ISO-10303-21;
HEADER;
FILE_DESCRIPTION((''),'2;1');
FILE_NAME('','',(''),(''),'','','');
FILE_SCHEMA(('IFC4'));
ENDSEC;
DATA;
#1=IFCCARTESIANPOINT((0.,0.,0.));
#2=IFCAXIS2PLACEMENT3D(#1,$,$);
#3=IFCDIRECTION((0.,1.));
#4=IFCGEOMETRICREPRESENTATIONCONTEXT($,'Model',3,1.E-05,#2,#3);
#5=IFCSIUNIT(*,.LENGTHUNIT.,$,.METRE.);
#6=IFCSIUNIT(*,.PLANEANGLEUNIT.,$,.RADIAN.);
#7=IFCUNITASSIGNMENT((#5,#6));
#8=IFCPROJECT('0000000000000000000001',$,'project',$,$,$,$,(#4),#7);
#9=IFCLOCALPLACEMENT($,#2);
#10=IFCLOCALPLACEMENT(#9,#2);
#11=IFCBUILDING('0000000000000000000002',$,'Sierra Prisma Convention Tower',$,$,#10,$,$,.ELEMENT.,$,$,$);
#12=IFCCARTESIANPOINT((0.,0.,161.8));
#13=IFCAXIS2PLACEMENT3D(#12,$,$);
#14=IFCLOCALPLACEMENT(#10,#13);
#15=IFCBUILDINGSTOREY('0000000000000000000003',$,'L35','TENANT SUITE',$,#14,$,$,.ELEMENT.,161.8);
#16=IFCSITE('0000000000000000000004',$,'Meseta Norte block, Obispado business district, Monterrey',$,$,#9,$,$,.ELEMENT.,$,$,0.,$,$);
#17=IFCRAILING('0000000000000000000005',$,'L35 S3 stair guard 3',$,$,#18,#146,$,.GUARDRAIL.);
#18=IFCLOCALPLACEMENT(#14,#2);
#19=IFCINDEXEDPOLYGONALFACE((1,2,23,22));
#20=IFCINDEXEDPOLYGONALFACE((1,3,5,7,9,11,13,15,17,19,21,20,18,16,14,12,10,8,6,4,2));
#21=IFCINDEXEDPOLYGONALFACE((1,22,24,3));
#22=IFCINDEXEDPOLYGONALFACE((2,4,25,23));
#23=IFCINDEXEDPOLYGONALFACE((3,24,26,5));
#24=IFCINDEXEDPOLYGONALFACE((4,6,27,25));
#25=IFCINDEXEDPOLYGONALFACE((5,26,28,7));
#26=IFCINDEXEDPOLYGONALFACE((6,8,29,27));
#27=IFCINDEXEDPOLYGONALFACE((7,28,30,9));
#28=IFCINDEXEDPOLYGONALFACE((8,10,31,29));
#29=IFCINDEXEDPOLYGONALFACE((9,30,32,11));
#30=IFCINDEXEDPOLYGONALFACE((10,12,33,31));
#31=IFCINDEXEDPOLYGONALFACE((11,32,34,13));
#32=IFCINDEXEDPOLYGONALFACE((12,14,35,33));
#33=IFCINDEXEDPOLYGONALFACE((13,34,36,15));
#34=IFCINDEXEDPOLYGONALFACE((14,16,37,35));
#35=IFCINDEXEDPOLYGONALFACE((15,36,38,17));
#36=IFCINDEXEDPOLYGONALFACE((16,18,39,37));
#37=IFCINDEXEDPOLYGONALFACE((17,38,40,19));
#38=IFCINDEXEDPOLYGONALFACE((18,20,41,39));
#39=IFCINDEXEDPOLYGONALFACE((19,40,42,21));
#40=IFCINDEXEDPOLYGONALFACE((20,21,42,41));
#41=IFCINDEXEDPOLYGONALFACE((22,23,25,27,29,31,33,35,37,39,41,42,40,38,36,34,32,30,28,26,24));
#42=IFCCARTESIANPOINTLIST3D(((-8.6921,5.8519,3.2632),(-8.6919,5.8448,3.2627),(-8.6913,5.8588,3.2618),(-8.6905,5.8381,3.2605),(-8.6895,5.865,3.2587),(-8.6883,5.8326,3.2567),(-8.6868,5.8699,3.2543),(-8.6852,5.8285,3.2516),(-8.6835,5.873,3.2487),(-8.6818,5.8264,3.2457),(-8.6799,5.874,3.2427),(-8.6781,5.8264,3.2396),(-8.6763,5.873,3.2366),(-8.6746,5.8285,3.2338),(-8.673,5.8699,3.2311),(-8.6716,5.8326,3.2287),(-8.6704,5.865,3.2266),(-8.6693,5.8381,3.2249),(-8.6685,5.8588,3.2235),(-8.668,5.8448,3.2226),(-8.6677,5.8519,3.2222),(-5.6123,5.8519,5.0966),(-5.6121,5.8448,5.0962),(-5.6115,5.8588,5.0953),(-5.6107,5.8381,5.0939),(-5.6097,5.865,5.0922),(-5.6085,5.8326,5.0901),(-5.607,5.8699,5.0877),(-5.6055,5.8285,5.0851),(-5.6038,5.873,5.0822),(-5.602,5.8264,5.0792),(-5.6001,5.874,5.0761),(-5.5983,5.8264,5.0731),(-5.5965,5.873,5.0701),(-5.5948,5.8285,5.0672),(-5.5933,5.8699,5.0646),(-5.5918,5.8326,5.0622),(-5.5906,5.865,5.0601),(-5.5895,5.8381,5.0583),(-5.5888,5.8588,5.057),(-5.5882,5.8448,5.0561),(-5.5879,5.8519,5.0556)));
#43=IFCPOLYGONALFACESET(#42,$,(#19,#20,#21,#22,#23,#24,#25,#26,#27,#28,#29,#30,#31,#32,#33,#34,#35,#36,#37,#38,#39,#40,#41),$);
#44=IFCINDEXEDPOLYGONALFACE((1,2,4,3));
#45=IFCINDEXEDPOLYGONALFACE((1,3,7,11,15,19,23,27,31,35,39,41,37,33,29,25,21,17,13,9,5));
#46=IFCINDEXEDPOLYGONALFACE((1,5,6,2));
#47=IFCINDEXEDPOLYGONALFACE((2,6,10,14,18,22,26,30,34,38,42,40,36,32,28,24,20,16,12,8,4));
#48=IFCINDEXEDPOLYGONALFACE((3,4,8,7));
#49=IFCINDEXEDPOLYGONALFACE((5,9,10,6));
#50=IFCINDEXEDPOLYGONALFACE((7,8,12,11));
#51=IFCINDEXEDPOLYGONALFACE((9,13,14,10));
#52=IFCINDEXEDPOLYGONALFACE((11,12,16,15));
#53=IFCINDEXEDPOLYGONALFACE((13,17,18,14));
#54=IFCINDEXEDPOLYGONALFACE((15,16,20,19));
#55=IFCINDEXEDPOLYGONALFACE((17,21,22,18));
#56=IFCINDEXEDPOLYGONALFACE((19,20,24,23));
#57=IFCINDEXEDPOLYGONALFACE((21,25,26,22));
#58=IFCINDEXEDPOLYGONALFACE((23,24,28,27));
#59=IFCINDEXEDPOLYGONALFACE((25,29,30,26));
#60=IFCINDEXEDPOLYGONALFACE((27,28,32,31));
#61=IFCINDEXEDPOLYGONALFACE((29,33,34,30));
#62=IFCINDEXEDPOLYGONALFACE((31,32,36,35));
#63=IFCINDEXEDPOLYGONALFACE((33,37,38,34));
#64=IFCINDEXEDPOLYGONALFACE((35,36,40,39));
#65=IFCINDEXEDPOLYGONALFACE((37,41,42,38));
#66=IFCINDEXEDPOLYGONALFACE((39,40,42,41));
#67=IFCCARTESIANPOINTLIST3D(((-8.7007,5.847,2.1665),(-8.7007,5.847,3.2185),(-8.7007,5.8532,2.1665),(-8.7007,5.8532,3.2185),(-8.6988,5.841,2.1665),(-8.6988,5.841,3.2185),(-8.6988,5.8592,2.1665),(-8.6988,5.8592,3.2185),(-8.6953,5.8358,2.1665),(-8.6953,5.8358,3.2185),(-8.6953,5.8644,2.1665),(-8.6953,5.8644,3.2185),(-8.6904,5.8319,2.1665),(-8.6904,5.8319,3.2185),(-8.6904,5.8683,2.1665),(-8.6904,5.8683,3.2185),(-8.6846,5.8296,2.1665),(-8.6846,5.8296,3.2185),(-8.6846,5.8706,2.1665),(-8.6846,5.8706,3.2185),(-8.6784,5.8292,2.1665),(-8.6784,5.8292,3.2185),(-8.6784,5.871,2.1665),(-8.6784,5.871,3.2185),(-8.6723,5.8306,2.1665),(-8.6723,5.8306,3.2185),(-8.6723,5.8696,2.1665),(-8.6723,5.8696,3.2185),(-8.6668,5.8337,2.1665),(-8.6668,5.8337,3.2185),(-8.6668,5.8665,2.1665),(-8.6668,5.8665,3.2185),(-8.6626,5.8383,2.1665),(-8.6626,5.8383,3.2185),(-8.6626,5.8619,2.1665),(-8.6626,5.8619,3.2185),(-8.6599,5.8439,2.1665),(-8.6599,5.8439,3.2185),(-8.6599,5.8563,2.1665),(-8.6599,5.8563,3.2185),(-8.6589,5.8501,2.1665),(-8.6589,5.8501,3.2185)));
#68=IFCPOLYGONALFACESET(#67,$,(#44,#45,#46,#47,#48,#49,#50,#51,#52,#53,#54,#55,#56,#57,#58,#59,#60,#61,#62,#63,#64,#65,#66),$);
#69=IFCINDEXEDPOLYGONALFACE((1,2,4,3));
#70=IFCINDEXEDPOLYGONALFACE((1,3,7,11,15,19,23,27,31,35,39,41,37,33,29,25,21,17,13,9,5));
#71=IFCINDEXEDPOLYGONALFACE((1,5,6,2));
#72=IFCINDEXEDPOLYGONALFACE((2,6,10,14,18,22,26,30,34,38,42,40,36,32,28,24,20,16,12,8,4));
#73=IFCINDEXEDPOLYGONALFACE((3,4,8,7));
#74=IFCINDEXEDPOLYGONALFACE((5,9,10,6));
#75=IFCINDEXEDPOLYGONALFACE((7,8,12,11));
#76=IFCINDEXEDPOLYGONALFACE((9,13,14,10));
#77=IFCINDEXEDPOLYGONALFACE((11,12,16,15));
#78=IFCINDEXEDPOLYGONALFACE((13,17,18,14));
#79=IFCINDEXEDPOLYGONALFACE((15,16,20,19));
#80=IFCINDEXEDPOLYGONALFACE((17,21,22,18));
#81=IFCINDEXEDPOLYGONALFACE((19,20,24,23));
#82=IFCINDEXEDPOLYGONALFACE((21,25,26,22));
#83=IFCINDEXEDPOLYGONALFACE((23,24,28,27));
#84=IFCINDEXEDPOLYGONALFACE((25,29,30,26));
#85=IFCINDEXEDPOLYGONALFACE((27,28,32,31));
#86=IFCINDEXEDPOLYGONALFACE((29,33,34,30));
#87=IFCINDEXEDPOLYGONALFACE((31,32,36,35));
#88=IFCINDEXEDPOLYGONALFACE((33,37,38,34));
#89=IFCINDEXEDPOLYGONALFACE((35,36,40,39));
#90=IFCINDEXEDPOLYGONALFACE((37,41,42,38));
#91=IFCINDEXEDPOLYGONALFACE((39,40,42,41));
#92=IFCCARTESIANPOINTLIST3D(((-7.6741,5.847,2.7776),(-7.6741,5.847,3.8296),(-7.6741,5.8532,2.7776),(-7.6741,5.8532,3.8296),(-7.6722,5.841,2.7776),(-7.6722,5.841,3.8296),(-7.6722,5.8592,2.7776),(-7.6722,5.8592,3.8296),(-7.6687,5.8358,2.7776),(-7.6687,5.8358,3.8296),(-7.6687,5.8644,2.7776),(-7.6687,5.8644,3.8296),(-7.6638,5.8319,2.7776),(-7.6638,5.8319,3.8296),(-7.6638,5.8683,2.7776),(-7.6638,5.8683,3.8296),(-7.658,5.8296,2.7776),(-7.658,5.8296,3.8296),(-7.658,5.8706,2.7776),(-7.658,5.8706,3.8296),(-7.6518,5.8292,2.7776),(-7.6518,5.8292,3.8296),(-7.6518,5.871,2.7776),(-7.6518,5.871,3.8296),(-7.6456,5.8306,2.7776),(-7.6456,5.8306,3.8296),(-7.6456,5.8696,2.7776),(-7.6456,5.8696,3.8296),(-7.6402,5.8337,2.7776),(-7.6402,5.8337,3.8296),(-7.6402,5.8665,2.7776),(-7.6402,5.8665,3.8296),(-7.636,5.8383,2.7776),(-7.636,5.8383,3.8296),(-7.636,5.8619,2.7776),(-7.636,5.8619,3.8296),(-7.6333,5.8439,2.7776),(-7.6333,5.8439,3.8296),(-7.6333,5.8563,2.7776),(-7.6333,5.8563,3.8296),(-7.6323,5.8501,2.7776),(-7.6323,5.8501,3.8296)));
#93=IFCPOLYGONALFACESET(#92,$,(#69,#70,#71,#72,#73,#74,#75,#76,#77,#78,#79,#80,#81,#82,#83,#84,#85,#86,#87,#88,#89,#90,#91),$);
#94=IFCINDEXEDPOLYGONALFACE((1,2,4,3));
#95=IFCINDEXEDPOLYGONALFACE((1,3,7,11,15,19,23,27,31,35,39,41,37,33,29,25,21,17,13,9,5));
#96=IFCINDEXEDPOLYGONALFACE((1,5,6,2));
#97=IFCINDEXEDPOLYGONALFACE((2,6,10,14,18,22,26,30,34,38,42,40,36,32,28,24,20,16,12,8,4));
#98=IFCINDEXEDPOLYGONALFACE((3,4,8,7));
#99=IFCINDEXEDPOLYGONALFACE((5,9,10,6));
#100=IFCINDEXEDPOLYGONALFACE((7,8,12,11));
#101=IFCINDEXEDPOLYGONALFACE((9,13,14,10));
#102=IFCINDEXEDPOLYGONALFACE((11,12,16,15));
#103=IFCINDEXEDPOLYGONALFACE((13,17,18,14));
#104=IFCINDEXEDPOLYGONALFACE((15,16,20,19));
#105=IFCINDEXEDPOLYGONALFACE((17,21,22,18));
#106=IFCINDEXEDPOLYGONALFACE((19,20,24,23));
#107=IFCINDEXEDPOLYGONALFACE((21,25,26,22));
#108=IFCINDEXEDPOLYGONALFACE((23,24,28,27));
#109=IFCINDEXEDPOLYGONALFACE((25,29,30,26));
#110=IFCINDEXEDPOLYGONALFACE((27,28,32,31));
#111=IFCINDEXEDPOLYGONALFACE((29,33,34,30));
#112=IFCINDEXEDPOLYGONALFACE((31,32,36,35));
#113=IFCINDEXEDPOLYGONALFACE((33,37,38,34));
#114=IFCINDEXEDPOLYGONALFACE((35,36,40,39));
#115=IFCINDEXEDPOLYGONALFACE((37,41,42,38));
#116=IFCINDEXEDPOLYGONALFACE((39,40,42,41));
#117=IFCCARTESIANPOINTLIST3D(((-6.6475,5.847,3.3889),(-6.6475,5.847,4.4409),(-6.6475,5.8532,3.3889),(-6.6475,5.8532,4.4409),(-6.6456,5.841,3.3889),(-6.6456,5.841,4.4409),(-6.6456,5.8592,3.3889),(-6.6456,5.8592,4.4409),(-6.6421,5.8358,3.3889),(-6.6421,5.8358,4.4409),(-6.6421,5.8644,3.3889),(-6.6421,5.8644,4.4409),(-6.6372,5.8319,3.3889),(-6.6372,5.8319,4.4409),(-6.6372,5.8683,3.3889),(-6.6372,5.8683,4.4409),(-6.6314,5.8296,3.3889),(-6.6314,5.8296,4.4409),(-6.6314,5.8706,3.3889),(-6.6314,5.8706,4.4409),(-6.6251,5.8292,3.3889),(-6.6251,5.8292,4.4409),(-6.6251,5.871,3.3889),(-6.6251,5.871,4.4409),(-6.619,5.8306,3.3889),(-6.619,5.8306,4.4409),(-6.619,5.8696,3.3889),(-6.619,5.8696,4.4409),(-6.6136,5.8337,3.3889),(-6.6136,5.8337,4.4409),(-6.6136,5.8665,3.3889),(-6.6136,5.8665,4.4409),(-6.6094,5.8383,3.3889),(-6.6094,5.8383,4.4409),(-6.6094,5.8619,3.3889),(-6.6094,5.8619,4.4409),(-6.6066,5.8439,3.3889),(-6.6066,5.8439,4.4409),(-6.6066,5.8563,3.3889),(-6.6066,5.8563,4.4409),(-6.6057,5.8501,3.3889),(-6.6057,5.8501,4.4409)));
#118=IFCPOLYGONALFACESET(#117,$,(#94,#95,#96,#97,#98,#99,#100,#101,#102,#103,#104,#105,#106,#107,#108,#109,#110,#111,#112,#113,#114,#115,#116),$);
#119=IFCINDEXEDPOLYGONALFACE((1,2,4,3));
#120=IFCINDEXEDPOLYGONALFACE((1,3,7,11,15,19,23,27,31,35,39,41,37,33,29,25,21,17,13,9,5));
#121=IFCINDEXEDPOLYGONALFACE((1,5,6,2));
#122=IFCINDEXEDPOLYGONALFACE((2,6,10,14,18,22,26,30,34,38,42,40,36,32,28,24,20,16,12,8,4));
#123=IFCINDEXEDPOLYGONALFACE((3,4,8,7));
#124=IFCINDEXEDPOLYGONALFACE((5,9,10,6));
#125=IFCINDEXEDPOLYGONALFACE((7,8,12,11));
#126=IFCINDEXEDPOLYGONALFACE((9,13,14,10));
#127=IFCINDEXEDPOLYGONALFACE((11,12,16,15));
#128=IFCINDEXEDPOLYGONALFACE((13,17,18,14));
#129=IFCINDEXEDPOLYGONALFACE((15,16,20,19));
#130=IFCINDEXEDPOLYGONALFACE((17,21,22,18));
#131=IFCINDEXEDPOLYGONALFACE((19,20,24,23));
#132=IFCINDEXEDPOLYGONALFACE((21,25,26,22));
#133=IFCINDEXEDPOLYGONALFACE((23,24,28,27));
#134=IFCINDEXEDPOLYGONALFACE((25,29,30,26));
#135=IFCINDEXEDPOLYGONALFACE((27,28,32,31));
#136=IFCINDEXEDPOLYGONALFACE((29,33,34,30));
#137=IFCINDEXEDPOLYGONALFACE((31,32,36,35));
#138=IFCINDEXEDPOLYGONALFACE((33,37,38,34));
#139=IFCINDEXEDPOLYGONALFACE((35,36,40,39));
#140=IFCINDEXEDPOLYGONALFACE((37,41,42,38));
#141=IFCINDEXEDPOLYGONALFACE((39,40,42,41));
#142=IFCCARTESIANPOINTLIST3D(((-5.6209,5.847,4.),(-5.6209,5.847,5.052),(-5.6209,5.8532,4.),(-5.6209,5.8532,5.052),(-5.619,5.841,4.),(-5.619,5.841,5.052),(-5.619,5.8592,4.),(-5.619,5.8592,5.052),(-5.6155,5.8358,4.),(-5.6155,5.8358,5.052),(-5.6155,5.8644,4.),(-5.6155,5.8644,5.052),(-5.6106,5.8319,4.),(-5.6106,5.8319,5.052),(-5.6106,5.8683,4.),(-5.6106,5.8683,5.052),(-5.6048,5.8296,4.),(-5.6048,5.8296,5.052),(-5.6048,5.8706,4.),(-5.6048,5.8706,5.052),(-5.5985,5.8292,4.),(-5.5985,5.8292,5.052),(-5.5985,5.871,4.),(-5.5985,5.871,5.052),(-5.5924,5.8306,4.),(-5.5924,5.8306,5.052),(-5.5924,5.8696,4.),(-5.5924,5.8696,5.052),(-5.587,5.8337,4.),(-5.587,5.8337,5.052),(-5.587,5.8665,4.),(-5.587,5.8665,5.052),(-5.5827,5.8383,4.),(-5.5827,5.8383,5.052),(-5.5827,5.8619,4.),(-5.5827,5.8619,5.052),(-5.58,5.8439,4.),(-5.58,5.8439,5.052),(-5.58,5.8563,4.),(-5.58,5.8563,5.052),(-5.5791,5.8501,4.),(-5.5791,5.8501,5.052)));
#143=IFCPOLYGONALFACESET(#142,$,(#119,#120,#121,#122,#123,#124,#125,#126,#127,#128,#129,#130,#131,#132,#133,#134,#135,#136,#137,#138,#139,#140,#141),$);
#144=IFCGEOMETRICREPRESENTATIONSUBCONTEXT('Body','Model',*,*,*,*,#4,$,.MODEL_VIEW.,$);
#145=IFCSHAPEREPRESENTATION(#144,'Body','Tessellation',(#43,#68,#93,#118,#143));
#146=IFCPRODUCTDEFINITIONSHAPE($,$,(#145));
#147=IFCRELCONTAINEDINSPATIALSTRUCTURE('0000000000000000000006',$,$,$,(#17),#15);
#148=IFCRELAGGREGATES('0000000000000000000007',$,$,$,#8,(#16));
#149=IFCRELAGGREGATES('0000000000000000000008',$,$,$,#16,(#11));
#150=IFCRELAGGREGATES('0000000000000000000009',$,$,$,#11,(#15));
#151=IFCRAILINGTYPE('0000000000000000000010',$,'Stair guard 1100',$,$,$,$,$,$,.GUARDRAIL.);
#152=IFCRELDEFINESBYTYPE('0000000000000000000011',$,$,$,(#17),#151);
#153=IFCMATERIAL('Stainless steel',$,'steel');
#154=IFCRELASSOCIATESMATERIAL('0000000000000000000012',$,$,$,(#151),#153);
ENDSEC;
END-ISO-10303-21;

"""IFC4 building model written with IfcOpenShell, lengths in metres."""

from ifc_helpers import new_model, si_unit, direction, frame, origin, origin_2d, place, context, subcontext, project, spatial, circle, extrude, material, type_object, element, save


model = new_model("IFC4")

# Units and contexts
model_context = context("Model", 3, precision=1e-05, world=origin(), true_north=direction((0.0, 1.0)))
body_context = subcontext(model_context, "Body", "Model", "MODEL_VIEW")
ifc_project = project(units=[si_unit("LENGTHUNIT", "METRE"), si_unit("PLANEANGLEUNIT", "RADIAN")], contexts=[model_context])

# Site, building, storey
site_placement = place(None, origin())
site = spatial("IfcSite", under=ifc_project, at=site_placement, Name="Meseta Norte block, Obispado business district, Monterrey", CompositionType="ELEMENT", RefElevation=0.0)
building_placement = place(site_placement, origin())
building = spatial("IfcBuilding", under=site, at=building_placement, Name="Sierra Prisma Convention Tower", CompositionType="ELEMENT")
storey_placement = place(building_placement, frame((0.0, 0.0, 161.8)))
storey = spatial("IfcBuildingStorey", under=building, at=storey_placement, Name="L35", Description="TENANT SUITE", CompositionType="ELEMENT", Elevation=161.8)

# Railing
ifc_material_1 = material(Name="Stainless steel", Category="steel")
railing_type_1 = type_object("IfcRailingType", Name="Stair guard 1100", PredefinedType="GUARDRAIL", material=ifc_material_1)
railing_1_placement = place(storey_placement, frame((-8.6799, 5.8501, 2.1665)))
element("IfcRailing", 1, at=railing_1_placement, inside=storey, type_object=railing_type_1, Name="L35 S3 stair guard 3", PredefinedType="GUARDRAIL", context=body_context, shape_type="SweptSolid", body=[
    extrude(circle(Radius=0.0239, at=origin_2d()), frame((0.0, 0.0, 1.0762), z_axis=(0.859261, 0.0, 0.511538), x_axis=(0.0, 1.0, 0.0)), (0.0, 0.0, 1.0), 3.5842),
    extrude(circle(Radius=0.021, at=origin_2d()), origin(), (0.0, 0.0, 1.0), 1.052),
    extrude(circle(Radius=0.021, at=origin_2d()), frame((1.0266, 0.0, 0.6111)), (0.0, 0.0, 1.0), 1.052),
    extrude(circle(Radius=0.021, at=origin_2d()), frame((2.0532, 0.0, 1.2224)), (0.0, 0.0, 1.0), 1.052),
    extrude(circle(Radius=0.021, at=origin_2d()), frame((3.0798, 0.0, 1.8335)), (0.0, 0.0, 1.0), 1.052),
])

save(model, "model.ifc")
